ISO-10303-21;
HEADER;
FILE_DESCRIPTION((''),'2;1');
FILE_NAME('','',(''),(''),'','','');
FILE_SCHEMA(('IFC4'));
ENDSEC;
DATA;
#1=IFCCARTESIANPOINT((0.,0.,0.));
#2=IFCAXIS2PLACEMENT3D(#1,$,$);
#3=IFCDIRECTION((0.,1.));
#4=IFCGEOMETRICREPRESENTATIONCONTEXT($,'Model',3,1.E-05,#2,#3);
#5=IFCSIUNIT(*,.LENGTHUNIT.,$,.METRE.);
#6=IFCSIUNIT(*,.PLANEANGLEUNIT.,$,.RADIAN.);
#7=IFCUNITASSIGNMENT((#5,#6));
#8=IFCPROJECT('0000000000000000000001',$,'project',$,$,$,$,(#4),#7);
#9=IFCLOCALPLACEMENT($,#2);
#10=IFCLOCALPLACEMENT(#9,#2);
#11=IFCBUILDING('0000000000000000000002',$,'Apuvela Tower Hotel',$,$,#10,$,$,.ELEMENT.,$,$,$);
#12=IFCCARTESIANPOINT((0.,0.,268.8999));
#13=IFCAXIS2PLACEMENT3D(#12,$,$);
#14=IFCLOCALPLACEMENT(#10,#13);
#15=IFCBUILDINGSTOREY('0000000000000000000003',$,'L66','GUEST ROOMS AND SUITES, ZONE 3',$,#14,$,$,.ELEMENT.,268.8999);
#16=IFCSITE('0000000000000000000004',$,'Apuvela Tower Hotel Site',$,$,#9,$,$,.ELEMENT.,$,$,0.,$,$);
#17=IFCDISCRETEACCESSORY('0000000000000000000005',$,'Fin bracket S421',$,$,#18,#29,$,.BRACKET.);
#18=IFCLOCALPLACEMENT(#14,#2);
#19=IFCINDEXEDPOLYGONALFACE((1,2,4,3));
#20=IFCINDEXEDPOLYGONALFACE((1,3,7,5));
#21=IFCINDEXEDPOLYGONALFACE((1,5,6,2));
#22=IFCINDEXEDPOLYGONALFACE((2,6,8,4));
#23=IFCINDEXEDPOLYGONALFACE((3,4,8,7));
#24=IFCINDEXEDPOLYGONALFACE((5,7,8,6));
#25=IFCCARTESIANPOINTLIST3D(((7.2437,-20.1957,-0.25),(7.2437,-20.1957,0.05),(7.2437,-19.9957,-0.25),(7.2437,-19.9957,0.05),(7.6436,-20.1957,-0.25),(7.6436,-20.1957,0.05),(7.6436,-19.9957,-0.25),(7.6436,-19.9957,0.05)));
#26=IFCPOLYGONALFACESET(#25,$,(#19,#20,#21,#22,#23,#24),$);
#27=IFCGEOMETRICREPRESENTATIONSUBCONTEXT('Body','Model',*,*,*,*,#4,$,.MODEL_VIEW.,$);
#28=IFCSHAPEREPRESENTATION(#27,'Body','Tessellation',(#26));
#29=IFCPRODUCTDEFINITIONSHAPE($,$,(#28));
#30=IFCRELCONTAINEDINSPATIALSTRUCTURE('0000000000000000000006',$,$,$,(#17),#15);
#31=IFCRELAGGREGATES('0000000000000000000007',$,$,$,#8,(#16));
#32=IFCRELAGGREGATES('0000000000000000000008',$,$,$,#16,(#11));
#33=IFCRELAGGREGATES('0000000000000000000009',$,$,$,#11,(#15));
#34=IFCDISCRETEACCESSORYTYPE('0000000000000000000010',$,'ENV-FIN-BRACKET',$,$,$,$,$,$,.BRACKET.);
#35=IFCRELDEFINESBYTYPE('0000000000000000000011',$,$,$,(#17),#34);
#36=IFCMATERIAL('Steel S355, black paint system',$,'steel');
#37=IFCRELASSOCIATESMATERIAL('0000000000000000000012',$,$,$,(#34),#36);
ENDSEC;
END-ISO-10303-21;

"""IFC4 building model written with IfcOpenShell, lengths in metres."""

from ifc_helpers import new_model, si_unit, direction, frame, origin, origin_2d, place, context, subcontext, project, spatial, rectangle, extrude, material, type_object, element, save


model = new_model("IFC4")

# Units and contexts
model_context = context("Model", 3, precision=1e-05, world=origin(), true_north=direction((0.0, 1.0)))
body_context = subcontext(model_context, "Body", "Model", "MODEL_VIEW")
ifc_project = project(units=[si_unit("LENGTHUNIT", "METRE"), si_unit("PLANEANGLEUNIT", "RADIAN")], contexts=[model_context])

# Site, building, storey
site_placement = place(None, origin())
site = spatial("IfcSite", under=ifc_project, at=site_placement, Name="Apuvela Tower Hotel Site", CompositionType="ELEMENT", RefElevation=0.0)
building_placement = place(site_placement, origin())
building = spatial("IfcBuilding", under=site, at=building_placement, Name="Apuvela Tower Hotel", CompositionType="ELEMENT")
storey_placement = place(building_placement, frame((0.0, 0.0, 268.8999)))
storey = spatial("IfcBuildingStorey", under=building, at=storey_placement, Name="L66", Description="GUEST ROOMS AND SUITES, ZONE 3", CompositionType="ELEMENT", Elevation=268.8999)

# Discrete accessory
ifc_material_1 = material(Name="Steel S355, black paint system", Category="steel")
discrete_accessory_type = type_object("IfcDiscreteAccessoryType", Name="ENV-FIN-BRACKET", PredefinedType="BRACKET", material=ifc_material_1)
discrete_accessory_placement = place(storey_placement, frame((7.4436, -20.0957, -0.25), z_axis=(0.0, 0.0, 1.0), x_axis=(1.0, 0.0, 0.0)))
element("IfcDiscreteAccessory", 1, at=discrete_accessory_placement, inside=storey, type_object=discrete_accessory_type, Name="Fin bracket S421", PredefinedType="BRACKET", context=body_context, shape_type="SweptSolid", body=[
    extrude(rectangle(XDim=0.3999, YDim=0.2, at=origin_2d()), origin(), (0.0, 0.0, 1.0), 0.3),
])

save(model, "model.ifc")
